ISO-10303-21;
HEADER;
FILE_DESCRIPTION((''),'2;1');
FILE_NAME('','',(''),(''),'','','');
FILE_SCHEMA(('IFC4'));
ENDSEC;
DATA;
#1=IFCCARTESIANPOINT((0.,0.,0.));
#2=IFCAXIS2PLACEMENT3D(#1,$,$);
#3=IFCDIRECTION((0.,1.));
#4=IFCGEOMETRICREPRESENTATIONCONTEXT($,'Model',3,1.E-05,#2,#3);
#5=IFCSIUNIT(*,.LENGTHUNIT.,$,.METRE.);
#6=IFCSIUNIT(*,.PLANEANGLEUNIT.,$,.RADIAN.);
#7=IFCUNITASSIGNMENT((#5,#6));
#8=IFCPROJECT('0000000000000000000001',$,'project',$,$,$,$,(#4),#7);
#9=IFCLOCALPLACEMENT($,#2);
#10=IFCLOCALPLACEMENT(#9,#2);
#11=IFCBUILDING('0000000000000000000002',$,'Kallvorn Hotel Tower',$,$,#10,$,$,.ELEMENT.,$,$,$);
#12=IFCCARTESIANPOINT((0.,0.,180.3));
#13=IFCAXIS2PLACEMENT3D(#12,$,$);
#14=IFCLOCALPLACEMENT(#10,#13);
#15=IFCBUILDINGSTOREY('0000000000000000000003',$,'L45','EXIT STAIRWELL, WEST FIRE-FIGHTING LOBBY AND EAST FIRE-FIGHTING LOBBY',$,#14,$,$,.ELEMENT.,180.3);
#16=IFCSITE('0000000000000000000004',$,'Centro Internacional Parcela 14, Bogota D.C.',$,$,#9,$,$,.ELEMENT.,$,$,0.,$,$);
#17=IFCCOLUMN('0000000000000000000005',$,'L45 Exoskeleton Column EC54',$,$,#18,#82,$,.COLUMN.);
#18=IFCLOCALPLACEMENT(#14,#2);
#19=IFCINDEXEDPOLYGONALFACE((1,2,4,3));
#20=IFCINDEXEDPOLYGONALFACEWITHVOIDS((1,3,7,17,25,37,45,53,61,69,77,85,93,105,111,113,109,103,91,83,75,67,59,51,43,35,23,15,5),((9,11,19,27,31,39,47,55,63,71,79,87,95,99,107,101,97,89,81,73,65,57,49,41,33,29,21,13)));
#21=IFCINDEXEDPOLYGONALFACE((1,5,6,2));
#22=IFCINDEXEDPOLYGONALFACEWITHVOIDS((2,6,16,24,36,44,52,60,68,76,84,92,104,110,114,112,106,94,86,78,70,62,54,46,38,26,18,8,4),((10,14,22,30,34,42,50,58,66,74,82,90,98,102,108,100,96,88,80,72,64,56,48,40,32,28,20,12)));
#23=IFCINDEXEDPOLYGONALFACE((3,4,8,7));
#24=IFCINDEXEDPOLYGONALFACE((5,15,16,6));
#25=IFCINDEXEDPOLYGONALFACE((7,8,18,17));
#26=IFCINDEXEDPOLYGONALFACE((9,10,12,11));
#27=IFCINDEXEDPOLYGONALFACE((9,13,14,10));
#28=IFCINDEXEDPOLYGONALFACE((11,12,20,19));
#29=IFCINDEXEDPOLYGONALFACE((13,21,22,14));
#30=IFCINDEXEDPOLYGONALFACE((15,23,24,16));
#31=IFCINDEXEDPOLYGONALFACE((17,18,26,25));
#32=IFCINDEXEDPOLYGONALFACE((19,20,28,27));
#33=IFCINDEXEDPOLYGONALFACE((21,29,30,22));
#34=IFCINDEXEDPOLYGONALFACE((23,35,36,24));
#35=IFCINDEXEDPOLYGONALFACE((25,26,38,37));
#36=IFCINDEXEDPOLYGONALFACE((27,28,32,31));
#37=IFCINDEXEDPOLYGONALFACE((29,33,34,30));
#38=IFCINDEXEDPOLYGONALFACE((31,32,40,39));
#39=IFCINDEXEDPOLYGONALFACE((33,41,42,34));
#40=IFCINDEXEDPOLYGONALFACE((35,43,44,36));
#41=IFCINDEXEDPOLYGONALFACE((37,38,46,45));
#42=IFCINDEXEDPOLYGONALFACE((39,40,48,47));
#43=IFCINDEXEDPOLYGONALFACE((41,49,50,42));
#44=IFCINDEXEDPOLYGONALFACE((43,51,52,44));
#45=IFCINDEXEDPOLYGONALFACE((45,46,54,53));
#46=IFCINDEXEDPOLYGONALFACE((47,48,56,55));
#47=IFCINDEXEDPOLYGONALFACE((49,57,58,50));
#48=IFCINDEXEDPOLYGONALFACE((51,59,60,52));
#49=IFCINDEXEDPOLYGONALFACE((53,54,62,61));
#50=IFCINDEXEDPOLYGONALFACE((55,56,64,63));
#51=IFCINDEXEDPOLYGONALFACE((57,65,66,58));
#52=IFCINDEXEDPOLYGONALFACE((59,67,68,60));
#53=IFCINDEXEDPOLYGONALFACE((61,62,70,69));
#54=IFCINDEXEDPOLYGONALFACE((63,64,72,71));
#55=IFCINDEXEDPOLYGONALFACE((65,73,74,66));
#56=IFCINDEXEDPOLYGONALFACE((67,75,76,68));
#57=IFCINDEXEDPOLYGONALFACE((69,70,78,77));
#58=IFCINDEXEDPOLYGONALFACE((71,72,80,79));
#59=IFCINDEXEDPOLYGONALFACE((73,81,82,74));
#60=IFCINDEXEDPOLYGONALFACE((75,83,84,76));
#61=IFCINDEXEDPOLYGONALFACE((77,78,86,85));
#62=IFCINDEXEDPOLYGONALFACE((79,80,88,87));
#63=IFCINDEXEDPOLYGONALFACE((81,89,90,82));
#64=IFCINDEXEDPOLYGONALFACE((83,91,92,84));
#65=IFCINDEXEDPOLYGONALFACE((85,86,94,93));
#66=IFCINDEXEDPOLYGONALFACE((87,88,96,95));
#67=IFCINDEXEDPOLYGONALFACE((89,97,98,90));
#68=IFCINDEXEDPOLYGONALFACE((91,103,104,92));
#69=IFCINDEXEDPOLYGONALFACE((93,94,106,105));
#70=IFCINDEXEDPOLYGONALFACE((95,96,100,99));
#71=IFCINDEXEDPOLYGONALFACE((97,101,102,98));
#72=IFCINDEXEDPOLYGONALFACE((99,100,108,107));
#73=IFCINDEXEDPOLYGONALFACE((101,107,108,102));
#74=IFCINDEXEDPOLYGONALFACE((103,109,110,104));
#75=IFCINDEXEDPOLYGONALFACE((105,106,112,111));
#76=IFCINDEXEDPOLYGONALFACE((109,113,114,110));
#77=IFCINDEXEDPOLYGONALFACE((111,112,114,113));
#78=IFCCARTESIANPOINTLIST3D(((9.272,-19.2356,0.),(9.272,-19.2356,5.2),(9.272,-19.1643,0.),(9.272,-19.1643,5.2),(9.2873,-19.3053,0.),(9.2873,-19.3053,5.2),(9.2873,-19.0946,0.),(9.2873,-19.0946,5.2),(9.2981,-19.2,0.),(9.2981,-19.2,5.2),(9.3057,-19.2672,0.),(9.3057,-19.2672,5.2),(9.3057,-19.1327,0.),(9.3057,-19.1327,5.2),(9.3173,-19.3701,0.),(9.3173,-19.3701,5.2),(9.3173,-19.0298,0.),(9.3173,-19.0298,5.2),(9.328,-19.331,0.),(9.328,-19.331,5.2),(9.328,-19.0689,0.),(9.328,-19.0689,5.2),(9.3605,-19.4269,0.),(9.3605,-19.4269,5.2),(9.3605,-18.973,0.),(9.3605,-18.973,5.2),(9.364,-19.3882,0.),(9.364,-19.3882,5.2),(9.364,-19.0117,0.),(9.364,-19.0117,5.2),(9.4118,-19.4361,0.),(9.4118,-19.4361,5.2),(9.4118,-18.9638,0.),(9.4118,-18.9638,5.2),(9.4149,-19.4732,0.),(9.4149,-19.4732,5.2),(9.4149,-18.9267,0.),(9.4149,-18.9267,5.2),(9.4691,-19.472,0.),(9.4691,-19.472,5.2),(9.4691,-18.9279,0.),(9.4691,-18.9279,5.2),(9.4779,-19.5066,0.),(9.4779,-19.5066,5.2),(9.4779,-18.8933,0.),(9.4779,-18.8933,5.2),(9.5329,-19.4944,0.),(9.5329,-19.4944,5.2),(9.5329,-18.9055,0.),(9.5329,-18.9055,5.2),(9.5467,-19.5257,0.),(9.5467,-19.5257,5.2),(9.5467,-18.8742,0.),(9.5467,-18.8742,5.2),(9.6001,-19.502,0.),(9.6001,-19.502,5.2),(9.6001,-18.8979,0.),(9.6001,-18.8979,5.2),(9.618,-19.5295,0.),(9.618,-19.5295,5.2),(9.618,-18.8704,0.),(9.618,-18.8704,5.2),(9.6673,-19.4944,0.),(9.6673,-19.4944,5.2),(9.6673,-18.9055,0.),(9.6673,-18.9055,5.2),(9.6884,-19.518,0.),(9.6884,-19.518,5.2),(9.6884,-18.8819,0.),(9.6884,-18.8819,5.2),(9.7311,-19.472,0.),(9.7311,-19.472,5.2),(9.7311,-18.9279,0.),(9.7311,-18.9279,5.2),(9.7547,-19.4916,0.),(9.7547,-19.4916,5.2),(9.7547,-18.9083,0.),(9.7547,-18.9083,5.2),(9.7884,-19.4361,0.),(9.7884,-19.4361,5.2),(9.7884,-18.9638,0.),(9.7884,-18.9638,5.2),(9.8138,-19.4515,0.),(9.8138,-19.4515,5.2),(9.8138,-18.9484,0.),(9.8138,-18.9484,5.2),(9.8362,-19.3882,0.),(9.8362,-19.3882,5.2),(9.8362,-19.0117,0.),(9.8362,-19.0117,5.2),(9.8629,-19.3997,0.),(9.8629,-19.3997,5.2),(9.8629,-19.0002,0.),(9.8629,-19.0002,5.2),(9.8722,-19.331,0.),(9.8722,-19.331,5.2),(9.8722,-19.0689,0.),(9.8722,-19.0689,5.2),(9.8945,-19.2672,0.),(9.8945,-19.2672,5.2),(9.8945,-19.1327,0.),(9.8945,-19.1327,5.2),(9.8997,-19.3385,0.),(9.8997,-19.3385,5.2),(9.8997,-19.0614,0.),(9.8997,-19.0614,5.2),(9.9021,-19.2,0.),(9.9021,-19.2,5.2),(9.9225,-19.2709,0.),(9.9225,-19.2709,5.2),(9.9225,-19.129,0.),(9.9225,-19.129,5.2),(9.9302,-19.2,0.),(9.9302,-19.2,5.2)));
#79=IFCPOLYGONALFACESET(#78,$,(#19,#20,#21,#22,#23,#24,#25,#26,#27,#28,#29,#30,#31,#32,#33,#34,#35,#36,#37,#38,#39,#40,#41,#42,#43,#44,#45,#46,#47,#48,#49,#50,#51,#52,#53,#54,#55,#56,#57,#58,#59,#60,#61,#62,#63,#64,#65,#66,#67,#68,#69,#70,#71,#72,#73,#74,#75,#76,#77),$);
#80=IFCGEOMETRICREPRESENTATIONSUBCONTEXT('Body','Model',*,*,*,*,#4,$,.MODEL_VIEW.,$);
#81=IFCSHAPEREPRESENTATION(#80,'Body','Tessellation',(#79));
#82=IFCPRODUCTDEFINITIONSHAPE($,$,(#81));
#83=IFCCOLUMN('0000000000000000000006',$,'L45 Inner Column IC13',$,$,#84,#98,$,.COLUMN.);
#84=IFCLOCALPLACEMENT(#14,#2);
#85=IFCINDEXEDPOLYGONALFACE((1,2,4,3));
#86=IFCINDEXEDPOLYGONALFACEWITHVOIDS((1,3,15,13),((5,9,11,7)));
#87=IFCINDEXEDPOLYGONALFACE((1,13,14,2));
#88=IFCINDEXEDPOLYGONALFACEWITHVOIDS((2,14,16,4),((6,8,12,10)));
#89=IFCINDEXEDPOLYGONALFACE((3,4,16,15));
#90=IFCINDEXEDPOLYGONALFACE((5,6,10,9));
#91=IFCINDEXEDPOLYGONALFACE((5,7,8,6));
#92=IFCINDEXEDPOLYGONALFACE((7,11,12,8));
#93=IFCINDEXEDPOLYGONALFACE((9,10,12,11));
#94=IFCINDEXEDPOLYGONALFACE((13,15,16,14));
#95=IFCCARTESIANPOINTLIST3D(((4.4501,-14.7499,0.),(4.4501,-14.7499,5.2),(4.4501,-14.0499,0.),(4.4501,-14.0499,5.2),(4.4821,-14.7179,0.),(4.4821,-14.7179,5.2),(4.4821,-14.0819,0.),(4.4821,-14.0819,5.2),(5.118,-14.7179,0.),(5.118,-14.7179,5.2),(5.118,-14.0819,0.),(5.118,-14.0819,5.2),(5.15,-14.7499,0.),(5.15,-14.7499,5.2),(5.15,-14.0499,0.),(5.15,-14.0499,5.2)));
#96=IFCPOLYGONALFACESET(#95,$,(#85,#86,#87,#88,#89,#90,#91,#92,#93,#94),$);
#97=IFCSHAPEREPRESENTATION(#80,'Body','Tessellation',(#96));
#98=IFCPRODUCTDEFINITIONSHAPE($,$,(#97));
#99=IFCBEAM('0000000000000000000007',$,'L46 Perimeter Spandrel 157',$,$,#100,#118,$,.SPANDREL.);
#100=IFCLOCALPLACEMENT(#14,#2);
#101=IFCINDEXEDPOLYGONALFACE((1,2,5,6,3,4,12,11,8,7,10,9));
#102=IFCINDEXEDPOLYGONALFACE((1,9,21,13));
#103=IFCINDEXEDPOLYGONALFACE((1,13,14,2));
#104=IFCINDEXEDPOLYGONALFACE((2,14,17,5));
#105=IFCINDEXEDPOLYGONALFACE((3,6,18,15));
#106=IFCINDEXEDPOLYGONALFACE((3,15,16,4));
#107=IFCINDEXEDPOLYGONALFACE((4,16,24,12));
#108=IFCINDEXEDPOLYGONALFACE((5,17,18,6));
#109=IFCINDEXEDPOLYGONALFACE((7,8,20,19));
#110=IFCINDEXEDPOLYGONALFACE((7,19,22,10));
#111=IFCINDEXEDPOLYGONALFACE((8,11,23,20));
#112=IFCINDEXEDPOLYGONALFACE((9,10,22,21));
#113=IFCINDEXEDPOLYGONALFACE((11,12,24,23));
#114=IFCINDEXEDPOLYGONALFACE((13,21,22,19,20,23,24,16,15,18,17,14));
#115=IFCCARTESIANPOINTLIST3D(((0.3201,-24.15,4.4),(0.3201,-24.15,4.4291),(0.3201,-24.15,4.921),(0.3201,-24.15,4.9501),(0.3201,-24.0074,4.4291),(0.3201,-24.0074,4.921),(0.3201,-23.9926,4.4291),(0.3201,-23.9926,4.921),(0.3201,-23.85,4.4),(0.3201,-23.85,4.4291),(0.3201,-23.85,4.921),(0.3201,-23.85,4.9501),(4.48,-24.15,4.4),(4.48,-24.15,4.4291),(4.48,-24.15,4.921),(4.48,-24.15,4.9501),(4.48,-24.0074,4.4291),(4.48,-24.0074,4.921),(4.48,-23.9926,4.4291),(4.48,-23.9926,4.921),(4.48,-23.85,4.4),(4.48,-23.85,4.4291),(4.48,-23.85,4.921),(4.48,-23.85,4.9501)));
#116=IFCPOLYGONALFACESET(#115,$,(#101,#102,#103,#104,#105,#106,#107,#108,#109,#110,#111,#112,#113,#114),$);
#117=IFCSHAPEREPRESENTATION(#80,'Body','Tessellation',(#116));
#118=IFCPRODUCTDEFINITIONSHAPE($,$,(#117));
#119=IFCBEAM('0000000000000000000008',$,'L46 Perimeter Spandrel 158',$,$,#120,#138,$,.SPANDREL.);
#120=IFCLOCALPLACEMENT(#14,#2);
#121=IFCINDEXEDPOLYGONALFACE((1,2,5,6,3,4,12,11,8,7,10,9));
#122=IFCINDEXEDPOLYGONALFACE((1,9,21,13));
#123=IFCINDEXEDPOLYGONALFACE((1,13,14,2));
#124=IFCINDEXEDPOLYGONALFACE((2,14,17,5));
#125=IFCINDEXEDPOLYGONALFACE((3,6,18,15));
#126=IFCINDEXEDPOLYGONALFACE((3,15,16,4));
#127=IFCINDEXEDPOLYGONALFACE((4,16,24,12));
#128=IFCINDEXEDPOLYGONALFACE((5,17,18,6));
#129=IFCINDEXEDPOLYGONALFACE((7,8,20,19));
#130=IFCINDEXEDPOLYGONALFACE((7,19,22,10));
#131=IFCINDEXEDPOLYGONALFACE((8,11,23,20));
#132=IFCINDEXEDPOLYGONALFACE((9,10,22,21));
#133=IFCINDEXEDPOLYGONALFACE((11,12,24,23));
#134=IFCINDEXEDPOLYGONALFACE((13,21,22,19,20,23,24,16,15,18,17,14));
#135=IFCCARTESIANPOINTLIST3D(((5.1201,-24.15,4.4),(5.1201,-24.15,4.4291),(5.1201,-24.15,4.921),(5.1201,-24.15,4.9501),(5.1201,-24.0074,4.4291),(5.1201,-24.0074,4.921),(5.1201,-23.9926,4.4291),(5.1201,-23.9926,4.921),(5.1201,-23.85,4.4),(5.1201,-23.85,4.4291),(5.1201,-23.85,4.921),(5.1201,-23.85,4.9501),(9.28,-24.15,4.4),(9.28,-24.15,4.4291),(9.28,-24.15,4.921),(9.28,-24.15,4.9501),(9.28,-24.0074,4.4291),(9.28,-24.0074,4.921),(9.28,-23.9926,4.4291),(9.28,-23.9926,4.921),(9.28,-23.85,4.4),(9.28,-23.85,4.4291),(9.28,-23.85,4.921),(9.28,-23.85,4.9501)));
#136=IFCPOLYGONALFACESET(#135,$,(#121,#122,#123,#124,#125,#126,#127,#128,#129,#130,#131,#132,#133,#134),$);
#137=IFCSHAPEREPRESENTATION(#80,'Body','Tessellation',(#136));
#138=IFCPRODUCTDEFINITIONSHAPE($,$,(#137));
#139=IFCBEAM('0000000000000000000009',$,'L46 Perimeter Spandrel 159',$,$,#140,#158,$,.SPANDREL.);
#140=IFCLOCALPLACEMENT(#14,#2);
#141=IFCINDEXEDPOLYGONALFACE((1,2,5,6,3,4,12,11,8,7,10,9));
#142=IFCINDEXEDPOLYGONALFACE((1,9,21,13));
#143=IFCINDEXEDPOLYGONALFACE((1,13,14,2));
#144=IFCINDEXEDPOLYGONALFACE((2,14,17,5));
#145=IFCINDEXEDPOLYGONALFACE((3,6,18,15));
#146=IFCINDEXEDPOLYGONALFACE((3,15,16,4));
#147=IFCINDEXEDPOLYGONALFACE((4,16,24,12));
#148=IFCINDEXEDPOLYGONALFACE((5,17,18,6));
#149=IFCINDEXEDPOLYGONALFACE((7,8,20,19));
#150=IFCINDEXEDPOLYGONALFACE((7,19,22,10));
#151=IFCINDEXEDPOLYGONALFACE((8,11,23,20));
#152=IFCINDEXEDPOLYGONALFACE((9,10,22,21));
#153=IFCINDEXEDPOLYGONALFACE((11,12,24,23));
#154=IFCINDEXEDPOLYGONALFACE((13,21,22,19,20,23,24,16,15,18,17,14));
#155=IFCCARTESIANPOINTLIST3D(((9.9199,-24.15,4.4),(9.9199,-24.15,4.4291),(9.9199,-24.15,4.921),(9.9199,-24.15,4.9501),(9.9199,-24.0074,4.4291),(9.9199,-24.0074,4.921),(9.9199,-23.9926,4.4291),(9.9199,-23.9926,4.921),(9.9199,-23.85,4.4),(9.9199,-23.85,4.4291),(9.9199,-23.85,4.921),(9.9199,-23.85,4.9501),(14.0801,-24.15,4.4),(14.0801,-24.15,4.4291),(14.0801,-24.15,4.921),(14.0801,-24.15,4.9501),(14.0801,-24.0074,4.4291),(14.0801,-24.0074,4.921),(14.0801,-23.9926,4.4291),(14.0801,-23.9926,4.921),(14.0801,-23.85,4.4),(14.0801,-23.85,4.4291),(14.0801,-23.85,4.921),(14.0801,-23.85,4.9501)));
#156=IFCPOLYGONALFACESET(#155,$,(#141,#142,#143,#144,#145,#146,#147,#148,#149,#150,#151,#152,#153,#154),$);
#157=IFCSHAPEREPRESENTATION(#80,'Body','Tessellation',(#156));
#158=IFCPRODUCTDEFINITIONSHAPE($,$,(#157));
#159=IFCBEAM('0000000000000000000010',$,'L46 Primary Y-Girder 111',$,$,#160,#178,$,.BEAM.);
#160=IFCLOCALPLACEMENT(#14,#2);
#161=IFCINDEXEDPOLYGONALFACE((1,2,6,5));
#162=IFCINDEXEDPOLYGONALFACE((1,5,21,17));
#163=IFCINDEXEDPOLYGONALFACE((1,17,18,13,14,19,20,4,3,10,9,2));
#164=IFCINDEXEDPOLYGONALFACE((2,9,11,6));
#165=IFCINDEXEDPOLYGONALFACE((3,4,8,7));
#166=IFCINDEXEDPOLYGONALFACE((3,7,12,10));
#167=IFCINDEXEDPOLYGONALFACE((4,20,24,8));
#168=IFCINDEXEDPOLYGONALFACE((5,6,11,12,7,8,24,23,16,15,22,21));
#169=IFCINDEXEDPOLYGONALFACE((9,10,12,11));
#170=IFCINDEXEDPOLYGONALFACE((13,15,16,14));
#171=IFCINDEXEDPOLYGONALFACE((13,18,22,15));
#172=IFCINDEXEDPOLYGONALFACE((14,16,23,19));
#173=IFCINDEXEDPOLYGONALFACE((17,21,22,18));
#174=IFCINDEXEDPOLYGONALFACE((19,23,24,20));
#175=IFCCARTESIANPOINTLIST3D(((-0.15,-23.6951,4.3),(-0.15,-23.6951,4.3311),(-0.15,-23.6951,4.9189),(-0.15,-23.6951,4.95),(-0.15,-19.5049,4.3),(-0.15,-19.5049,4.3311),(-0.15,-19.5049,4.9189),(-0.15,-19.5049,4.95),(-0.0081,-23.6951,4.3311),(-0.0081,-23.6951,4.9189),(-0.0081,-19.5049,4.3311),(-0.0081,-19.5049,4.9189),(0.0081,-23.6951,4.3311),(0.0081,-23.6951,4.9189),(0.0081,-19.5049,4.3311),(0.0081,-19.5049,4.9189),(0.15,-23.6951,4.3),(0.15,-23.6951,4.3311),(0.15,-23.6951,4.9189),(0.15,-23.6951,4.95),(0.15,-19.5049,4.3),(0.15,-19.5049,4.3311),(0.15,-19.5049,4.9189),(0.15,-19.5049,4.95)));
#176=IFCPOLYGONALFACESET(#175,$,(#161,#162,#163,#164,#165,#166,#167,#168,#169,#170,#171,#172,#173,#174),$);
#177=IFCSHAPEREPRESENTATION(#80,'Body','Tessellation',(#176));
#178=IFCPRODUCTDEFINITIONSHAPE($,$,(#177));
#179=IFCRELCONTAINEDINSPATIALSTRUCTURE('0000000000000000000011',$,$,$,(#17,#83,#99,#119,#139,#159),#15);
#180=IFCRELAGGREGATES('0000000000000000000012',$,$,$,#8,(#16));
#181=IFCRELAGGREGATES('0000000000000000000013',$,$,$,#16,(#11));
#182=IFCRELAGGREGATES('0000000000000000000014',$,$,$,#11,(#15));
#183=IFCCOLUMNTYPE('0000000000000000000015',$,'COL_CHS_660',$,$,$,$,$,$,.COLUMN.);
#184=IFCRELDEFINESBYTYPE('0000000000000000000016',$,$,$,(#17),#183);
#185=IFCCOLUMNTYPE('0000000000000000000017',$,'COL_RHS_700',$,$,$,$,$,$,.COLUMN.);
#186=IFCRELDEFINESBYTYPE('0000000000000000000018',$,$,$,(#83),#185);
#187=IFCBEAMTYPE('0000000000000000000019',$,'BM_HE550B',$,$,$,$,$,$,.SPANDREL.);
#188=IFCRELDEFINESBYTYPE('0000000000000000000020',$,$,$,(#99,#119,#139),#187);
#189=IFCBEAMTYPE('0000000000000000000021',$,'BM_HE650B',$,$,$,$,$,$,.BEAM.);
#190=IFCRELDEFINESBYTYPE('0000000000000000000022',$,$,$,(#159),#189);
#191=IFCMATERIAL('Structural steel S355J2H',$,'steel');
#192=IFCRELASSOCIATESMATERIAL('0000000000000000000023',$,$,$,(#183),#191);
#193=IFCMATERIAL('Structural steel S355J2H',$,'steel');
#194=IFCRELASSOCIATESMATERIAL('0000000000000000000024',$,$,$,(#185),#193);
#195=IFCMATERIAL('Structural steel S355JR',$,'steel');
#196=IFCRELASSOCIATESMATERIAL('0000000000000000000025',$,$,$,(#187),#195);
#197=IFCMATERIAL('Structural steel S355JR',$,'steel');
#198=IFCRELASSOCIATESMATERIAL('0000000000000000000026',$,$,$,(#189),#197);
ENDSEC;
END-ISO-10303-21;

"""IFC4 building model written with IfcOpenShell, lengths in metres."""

from ifc_helpers import new_model, si_unit, direction, frame, origin, origin_2d, place, context, subcontext, project, spatial, hollow_rectangle, hollow_circle, i_section, extrude, material, material_profile, profile_set, type_object, element, save


model = new_model("IFC4")

# Units and contexts
model_context = context("Model", 3, precision=1e-05, world=origin(), true_north=direction((0.0, 1.0)))
body_context = subcontext(model_context, "Body", "Model", "MODEL_VIEW")
ifc_project = project(units=[si_unit("LENGTHUNIT", "METRE"), si_unit("PLANEANGLEUNIT", "RADIAN")], contexts=[model_context])

# Site, building, storey
site_placement = place(None, origin())
site = spatial("IfcSite", under=ifc_project, at=site_placement, Name="Centro Internacional Parcela 14, Bogota D.C.", CompositionType="ELEMENT", RefElevation=0.0)
building_placement = place(site_placement, origin())
building = spatial("IfcBuilding", under=site, at=building_placement, Name="Kallvorn Hotel Tower", CompositionType="ELEMENT")
storey_placement = place(building_placement, frame((0.0, 0.0, 180.3)))
storey = spatial("IfcBuildingStorey", under=building, at=storey_placement, Name="L45", Description="EXIT STAIRWELL, WEST FIRE-FIGHTING LOBBY AND EAST FIRE-FIGHTING LOBBY", CompositionType="ELEMENT", Elevation=180.3)

# Columns
ifc_material_1 = material(Name="Structural steel S355J2H", Category="steel")
ifc_material_profile_1 = material_profile(ifc_material_1, hollow_circle(Radius=0.3301, WallThickness=0.0281, at=origin_2d()), Name="CHS 660x28")
ifc_profile_set_1 = profile_set([ifc_material_profile_1], Name="Structural steel S355J2H")
column_type_1 = type_object("IfcColumnType", Name="COL_CHS_660", PredefinedType="COLUMN", material=ifc_profile_set_1)
for number, where, z_axis, x_axis, name in (
    (1, (9.6001, -19.2, 0.0), (0.0, 0.0, 1.0), (1.0, 0.0, 0.0), "L45 Exoskeleton Column EC54"),
):
    element("IfcColumn", number, at=place(storey_placement, frame(where, z_axis=z_axis, x_axis=x_axis)), inside=storey, type_object=column_type_1, Name=name, PredefinedType="COLUMN", context=body_context, shape_type="SweptSolid", body=[
        extrude(hollow_circle(Radius=0.3301, WallThickness=0.0281, at=origin_2d()), origin(), (0.0, 0.0, 1.0), 5.2),
    ])
ifc_material_2 = material(Name="Structural steel S355J2H", Category="steel")
ifc_material_profile_2 = material_profile(ifc_material_2, hollow_rectangle(XDim=0.7, YDim=0.7, WallThickness=0.032, at=origin_2d()), Name="RHS 700x700x32")
ifc_profile_set_2 = profile_set([ifc_material_profile_2], Name="Structural steel S355J2H")
column_type_2 = type_object("IfcColumnType", Name="COL_RHS_700", PredefinedType="COLUMN", material=ifc_profile_set_2)
column_placement = place(storey_placement, frame((4.8, -14.3999, 0.0), z_axis=(0.0, 0.0, 1.0), x_axis=(1.0, 0.0, 0.0)))
element("IfcColumn", 2, at=column_placement, inside=storey, type_object=column_type_2, Name="L45 Inner Column IC13", PredefinedType="COLUMN", context=body_context, shape_type="SweptSolid", body=[
    extrude(hollow_rectangle(XDim=0.7, YDim=0.7, WallThickness=0.032, at=origin_2d()), origin(), (0.0, 0.0, 1.0), 5.2),
])

# Beams
ifc_material_3 = material(Name="Structural steel S355JR", Category="steel")
ifc_material_profile_3 = material_profile(ifc_material_3, i_section(OverallWidth=0.3, OverallDepth=0.55, WebThickness=0.0149, FlangeThickness=0.0291, at=origin_2d()), Name="HE 550 B")
ifc_profile_set_3 = profile_set([ifc_material_profile_3], Name="Structural steel S355JR")
beam_type_1 = type_object("IfcBeamType", Name="BM_HE550B", PredefinedType="SPANDREL", material=ifc_profile_set_3)
for number, where, z_axis, x_axis, name in (
    (3, (0.3201, -24.0, 4.675), (1.0, 0.0, 0.0), (0.0, 1.0, 0.0), "L46 Perimeter Spandrel 157"),
    (4, (5.1201, -24.0, 4.675), (1.0, 0.0, 0.0), (0.0, 1.0, 0.0), "L46 Perimeter Spandrel 158"),
):
    element("IfcBeam", number, at=place(storey_placement, frame(where, z_axis=z_axis, x_axis=x_axis)), inside=storey, type_object=beam_type_1, Name=name, PredefinedType="SPANDREL", context=body_context, shape_type="SweptSolid", body=[
        extrude(i_section(OverallWidth=0.3, OverallDepth=0.55, WebThickness=0.0149, FlangeThickness=0.0291, at=origin_2d()), origin(), (0.0, 0.0, 1.0), 4.1599),
    ])
beam_1_placement = place(storey_placement, frame((9.9199, -24.0, 4.675), z_axis=(1.0, 0.0, 0.0), x_axis=(0.0, 1.0, 0.0)))
element("IfcBeam", 5, at=beam_1_placement, inside=storey, type_object=beam_type_1, Name="L46 Perimeter Spandrel 159", PredefinedType="SPANDREL", context=body_context, shape_type="SweptSolid", body=[
    extrude(i_section(OverallWidth=0.3, OverallDepth=0.55, WebThickness=0.0149, FlangeThickness=0.0291, at=origin_2d()), origin(), (0.0, 0.0, 1.0), 4.1602),
])
ifc_material_4 = material(Name="Structural steel S355JR", Category="steel")
ifc_material_profile_4 = material_profile(ifc_material_4, i_section(OverallWidth=0.3, OverallDepth=0.6499, WebThickness=0.0161, FlangeThickness=0.031, at=origin_2d()), Name="HE 650 B")
ifc_profile_set_4 = profile_set([ifc_material_profile_4], Name="Structural steel S355JR")
beam_type_2 = type_object("IfcBeamType", Name="BM_HE650B", PredefinedType="BEAM", material=ifc_profile_set_4)
for number, where, z_axis, x_axis, name in (
    (6, (0.0, -23.6951, 4.625), (0.0, 1.0, 0.0), (-1.0, 0.0, 0.0), "L46 Primary Y-Girder 111"),
):
    element("IfcBeam", number, at=place(storey_placement, frame(where, z_axis=z_axis, x_axis=x_axis)), inside=storey, type_object=beam_type_2, Name=name, PredefinedType="BEAM", context=body_context, shape_type="SweptSolid", body=[
        extrude(i_section(OverallWidth=0.3, OverallDepth=0.6499, WebThickness=0.0161, FlangeThickness=0.031, at=origin_2d()), origin(), (0.0, 0.0, 1.0), 4.1902),
    ])

save(model, "model.ifc")
